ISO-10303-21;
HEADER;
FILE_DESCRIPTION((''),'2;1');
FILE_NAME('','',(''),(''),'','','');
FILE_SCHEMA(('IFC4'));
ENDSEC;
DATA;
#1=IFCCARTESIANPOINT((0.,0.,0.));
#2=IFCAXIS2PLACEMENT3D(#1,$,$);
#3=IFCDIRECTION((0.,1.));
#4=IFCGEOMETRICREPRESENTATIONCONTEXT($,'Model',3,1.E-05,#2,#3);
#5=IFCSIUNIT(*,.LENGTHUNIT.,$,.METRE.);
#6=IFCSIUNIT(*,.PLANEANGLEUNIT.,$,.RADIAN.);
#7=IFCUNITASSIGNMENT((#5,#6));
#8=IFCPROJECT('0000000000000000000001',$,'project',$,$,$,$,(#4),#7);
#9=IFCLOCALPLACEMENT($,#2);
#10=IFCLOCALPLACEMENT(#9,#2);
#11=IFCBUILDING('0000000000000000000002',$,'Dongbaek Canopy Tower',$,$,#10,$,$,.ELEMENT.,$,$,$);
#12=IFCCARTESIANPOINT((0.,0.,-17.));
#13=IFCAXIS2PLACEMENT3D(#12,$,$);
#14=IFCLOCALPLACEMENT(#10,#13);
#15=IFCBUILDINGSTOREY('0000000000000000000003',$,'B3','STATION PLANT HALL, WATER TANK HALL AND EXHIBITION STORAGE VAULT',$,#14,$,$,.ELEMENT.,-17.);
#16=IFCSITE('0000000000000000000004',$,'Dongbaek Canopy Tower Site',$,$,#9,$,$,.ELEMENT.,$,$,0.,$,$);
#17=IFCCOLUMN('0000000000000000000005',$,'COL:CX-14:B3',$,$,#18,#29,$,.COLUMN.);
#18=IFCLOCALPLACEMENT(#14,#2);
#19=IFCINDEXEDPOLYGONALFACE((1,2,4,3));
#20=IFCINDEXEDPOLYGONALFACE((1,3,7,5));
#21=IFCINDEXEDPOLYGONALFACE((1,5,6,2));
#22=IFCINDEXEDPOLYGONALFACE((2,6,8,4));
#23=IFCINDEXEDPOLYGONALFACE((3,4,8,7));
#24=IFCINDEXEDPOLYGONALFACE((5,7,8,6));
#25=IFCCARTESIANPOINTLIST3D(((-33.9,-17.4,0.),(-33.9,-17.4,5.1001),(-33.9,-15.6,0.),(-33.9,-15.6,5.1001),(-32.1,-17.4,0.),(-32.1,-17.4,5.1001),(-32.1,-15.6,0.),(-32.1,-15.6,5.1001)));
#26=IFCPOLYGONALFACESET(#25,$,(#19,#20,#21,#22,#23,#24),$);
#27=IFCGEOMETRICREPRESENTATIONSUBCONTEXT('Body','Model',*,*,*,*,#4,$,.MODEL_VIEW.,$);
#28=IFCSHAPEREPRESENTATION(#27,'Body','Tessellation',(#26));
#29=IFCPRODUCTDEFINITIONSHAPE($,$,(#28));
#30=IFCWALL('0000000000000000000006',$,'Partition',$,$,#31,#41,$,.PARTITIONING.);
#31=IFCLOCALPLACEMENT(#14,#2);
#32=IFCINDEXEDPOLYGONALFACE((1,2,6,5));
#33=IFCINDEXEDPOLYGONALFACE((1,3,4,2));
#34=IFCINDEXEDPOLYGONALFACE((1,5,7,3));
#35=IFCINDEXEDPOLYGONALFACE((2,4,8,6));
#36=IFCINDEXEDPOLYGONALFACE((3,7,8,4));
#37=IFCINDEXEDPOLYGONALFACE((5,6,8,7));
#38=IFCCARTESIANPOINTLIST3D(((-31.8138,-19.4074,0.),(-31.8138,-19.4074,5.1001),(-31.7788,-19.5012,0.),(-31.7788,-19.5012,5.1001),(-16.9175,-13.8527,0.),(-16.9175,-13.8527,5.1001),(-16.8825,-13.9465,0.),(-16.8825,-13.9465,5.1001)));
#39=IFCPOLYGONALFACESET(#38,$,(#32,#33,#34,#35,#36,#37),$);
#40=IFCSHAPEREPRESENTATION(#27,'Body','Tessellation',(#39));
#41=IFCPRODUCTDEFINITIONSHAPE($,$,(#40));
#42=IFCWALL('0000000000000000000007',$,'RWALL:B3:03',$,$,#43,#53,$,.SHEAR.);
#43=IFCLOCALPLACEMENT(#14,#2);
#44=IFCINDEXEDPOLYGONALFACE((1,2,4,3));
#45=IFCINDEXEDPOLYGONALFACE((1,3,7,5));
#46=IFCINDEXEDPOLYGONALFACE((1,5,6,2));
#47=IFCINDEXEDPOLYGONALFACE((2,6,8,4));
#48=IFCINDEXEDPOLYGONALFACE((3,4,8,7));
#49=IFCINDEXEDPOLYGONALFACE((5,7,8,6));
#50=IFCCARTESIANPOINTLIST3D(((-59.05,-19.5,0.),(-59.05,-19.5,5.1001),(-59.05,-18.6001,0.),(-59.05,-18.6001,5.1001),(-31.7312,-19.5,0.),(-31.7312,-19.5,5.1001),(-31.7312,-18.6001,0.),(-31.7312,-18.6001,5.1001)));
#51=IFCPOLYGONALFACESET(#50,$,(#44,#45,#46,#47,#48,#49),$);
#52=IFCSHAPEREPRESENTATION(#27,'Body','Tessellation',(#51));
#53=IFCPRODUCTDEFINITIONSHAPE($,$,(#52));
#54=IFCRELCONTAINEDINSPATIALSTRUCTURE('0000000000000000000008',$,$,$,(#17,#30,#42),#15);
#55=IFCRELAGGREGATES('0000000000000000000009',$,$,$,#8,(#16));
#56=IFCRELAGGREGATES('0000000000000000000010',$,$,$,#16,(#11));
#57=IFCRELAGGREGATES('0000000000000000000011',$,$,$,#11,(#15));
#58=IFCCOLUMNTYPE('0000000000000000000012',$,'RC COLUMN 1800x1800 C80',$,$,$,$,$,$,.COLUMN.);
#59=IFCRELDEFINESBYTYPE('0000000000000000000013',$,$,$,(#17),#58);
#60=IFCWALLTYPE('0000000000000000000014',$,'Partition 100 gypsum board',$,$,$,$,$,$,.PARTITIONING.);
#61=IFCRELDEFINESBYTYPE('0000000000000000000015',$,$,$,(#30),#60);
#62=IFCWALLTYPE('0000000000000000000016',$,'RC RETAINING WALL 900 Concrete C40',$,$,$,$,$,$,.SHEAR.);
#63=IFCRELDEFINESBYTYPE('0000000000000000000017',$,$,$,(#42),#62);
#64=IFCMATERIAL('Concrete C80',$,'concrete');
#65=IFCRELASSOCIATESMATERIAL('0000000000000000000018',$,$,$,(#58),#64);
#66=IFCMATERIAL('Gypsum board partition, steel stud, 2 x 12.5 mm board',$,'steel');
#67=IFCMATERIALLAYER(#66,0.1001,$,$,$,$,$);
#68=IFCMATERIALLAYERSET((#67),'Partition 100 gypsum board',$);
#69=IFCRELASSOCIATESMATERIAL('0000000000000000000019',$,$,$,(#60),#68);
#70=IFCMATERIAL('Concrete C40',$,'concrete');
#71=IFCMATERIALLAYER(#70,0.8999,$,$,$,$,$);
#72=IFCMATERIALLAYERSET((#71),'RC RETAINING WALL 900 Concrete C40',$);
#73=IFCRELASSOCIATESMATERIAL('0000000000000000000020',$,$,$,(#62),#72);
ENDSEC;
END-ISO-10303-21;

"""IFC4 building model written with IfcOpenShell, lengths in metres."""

from ifc_helpers import new_model, si_unit, direction, frame, frame_2d, origin, origin_2d, place, context, subcontext, project, spatial, rectangle, extrude, material, layer, layer_set, material_profile, profile_set, type_object, element, save


model = new_model("IFC4")

# Units and contexts
model_context = context("Model", 3, precision=1e-05, world=origin(), true_north=direction((0.0, 1.0)))
body_context = subcontext(model_context, "Body", "Model", "MODEL_VIEW")
ifc_project = project(units=[si_unit("LENGTHUNIT", "METRE"), si_unit("PLANEANGLEUNIT", "RADIAN")], contexts=[model_context])

# Site, building, storey
site_placement = place(None, origin())
site = spatial("IfcSite", under=ifc_project, at=site_placement, Name="Dongbaek Canopy Tower Site", CompositionType="ELEMENT", RefElevation=0.0)
building_placement = place(site_placement, origin())
building = spatial("IfcBuilding", under=site, at=building_placement, Name="Dongbaek Canopy Tower", CompositionType="ELEMENT")
storey_placement = place(building_placement, frame((0.0, 0.0, -17.0)))
storey = spatial("IfcBuildingStorey", under=building, at=storey_placement, Name="B3", Description="STATION PLANT HALL, WATER TANK HALL AND EXHIBITION STORAGE VAULT", CompositionType="ELEMENT", Elevation=-17.0)

# Column
ifc_material_1 = material(Name="Concrete C80", Category="concrete")
ifc_material_profile_1 = material_profile(ifc_material_1, rectangle(XDim=1.8, YDim=1.8, at=origin_2d()), Name="RC COLUMN 1800x1800 C80")
ifc_profile_set_1 = profile_set([ifc_material_profile_1], Name="Concrete C80")
column_type = type_object("IfcColumnType", Name="RC COLUMN 1800x1800 C80", PredefinedType="COLUMN", material=ifc_profile_set_1)
for number, where, z_axis, x_axis, name in (
    (1, (-33.0, -16.5, 0.0), (0.0, 0.0, 1.0), (1.0, 0.0, 0.0), "COL:CX-14:B3"),
):
    element("IfcColumn", number, at=place(storey_placement, frame(where, z_axis=z_axis, x_axis=x_axis)), inside=storey, type_object=column_type, Name=name, PredefinedType="COLUMN", context=body_context, shape_type="SweptSolid", body=[
        extrude(rectangle(XDim=1.8, YDim=1.8, at=origin_2d()), origin(), (0.0, 0.0, 1.0), 5.1001),
    ])

# Walls
ifc_material_2 = material(Name="Gypsum board partition, steel stud, 2 x 12.5 mm board", Category="steel")
ifc_layer_1 = layer(ifc_material_2, 0.1001)
ifc_layer_set_1 = layer_set([ifc_layer_1], Name="Partition 100 gypsum board")
wall_type_1 = type_object("IfcWallType", Name="Partition 100 gypsum board", PredefinedType="PARTITIONING", material=ifc_layer_set_1)
wall_1_placement = place(storey_placement, frame((-31.7964, -19.4543, 0.0), z_axis=(0.0, 0.0, 1.0), x_axis=(0.936977, 0.349391, 0.0)))
element("IfcWall", 2, at=wall_1_placement, inside=storey, type_object=wall_type_1, Name="Partition", PredefinedType="PARTITIONING", context=body_context, shape_type="SweptSolid", body=[
    extrude(rectangle(XDim=15.8982, YDim=0.1001, at=frame_2d((7.9492, 0.0))), origin(), (0.0, 0.0, 1.0), 5.1001),
])
ifc_material_3 = material(Name="Concrete C40", Category="concrete")
ifc_layer_2 = layer(ifc_material_3, 0.8999)
ifc_layer_set_2 = layer_set([ifc_layer_2], Name="RC RETAINING WALL 900 Concrete C40")
wall_type_2 = type_object("IfcWallType", Name="RC RETAINING WALL 900 Concrete C40", PredefinedType="SHEAR", material=ifc_layer_set_2)
wall_2_placement = place(storey_placement, frame((-31.7312, -19.05, 0.0), z_axis=(0.0, 0.0, 1.0), x_axis=(-1.0, 0.0, 0.0)))
element("IfcWall", 3, at=wall_2_placement, inside=storey, type_object=wall_type_2, Name="RWALL:B3:03", PredefinedType="SHEAR", context=body_context, shape_type="SweptSolid", body=[
    extrude(rectangle(XDim=27.3188, YDim=0.8999, at=frame_2d((13.6594, 0.0))), origin(), (0.0, 0.0, 1.0), 5.1001),
])

save(model, "model.ifc")
